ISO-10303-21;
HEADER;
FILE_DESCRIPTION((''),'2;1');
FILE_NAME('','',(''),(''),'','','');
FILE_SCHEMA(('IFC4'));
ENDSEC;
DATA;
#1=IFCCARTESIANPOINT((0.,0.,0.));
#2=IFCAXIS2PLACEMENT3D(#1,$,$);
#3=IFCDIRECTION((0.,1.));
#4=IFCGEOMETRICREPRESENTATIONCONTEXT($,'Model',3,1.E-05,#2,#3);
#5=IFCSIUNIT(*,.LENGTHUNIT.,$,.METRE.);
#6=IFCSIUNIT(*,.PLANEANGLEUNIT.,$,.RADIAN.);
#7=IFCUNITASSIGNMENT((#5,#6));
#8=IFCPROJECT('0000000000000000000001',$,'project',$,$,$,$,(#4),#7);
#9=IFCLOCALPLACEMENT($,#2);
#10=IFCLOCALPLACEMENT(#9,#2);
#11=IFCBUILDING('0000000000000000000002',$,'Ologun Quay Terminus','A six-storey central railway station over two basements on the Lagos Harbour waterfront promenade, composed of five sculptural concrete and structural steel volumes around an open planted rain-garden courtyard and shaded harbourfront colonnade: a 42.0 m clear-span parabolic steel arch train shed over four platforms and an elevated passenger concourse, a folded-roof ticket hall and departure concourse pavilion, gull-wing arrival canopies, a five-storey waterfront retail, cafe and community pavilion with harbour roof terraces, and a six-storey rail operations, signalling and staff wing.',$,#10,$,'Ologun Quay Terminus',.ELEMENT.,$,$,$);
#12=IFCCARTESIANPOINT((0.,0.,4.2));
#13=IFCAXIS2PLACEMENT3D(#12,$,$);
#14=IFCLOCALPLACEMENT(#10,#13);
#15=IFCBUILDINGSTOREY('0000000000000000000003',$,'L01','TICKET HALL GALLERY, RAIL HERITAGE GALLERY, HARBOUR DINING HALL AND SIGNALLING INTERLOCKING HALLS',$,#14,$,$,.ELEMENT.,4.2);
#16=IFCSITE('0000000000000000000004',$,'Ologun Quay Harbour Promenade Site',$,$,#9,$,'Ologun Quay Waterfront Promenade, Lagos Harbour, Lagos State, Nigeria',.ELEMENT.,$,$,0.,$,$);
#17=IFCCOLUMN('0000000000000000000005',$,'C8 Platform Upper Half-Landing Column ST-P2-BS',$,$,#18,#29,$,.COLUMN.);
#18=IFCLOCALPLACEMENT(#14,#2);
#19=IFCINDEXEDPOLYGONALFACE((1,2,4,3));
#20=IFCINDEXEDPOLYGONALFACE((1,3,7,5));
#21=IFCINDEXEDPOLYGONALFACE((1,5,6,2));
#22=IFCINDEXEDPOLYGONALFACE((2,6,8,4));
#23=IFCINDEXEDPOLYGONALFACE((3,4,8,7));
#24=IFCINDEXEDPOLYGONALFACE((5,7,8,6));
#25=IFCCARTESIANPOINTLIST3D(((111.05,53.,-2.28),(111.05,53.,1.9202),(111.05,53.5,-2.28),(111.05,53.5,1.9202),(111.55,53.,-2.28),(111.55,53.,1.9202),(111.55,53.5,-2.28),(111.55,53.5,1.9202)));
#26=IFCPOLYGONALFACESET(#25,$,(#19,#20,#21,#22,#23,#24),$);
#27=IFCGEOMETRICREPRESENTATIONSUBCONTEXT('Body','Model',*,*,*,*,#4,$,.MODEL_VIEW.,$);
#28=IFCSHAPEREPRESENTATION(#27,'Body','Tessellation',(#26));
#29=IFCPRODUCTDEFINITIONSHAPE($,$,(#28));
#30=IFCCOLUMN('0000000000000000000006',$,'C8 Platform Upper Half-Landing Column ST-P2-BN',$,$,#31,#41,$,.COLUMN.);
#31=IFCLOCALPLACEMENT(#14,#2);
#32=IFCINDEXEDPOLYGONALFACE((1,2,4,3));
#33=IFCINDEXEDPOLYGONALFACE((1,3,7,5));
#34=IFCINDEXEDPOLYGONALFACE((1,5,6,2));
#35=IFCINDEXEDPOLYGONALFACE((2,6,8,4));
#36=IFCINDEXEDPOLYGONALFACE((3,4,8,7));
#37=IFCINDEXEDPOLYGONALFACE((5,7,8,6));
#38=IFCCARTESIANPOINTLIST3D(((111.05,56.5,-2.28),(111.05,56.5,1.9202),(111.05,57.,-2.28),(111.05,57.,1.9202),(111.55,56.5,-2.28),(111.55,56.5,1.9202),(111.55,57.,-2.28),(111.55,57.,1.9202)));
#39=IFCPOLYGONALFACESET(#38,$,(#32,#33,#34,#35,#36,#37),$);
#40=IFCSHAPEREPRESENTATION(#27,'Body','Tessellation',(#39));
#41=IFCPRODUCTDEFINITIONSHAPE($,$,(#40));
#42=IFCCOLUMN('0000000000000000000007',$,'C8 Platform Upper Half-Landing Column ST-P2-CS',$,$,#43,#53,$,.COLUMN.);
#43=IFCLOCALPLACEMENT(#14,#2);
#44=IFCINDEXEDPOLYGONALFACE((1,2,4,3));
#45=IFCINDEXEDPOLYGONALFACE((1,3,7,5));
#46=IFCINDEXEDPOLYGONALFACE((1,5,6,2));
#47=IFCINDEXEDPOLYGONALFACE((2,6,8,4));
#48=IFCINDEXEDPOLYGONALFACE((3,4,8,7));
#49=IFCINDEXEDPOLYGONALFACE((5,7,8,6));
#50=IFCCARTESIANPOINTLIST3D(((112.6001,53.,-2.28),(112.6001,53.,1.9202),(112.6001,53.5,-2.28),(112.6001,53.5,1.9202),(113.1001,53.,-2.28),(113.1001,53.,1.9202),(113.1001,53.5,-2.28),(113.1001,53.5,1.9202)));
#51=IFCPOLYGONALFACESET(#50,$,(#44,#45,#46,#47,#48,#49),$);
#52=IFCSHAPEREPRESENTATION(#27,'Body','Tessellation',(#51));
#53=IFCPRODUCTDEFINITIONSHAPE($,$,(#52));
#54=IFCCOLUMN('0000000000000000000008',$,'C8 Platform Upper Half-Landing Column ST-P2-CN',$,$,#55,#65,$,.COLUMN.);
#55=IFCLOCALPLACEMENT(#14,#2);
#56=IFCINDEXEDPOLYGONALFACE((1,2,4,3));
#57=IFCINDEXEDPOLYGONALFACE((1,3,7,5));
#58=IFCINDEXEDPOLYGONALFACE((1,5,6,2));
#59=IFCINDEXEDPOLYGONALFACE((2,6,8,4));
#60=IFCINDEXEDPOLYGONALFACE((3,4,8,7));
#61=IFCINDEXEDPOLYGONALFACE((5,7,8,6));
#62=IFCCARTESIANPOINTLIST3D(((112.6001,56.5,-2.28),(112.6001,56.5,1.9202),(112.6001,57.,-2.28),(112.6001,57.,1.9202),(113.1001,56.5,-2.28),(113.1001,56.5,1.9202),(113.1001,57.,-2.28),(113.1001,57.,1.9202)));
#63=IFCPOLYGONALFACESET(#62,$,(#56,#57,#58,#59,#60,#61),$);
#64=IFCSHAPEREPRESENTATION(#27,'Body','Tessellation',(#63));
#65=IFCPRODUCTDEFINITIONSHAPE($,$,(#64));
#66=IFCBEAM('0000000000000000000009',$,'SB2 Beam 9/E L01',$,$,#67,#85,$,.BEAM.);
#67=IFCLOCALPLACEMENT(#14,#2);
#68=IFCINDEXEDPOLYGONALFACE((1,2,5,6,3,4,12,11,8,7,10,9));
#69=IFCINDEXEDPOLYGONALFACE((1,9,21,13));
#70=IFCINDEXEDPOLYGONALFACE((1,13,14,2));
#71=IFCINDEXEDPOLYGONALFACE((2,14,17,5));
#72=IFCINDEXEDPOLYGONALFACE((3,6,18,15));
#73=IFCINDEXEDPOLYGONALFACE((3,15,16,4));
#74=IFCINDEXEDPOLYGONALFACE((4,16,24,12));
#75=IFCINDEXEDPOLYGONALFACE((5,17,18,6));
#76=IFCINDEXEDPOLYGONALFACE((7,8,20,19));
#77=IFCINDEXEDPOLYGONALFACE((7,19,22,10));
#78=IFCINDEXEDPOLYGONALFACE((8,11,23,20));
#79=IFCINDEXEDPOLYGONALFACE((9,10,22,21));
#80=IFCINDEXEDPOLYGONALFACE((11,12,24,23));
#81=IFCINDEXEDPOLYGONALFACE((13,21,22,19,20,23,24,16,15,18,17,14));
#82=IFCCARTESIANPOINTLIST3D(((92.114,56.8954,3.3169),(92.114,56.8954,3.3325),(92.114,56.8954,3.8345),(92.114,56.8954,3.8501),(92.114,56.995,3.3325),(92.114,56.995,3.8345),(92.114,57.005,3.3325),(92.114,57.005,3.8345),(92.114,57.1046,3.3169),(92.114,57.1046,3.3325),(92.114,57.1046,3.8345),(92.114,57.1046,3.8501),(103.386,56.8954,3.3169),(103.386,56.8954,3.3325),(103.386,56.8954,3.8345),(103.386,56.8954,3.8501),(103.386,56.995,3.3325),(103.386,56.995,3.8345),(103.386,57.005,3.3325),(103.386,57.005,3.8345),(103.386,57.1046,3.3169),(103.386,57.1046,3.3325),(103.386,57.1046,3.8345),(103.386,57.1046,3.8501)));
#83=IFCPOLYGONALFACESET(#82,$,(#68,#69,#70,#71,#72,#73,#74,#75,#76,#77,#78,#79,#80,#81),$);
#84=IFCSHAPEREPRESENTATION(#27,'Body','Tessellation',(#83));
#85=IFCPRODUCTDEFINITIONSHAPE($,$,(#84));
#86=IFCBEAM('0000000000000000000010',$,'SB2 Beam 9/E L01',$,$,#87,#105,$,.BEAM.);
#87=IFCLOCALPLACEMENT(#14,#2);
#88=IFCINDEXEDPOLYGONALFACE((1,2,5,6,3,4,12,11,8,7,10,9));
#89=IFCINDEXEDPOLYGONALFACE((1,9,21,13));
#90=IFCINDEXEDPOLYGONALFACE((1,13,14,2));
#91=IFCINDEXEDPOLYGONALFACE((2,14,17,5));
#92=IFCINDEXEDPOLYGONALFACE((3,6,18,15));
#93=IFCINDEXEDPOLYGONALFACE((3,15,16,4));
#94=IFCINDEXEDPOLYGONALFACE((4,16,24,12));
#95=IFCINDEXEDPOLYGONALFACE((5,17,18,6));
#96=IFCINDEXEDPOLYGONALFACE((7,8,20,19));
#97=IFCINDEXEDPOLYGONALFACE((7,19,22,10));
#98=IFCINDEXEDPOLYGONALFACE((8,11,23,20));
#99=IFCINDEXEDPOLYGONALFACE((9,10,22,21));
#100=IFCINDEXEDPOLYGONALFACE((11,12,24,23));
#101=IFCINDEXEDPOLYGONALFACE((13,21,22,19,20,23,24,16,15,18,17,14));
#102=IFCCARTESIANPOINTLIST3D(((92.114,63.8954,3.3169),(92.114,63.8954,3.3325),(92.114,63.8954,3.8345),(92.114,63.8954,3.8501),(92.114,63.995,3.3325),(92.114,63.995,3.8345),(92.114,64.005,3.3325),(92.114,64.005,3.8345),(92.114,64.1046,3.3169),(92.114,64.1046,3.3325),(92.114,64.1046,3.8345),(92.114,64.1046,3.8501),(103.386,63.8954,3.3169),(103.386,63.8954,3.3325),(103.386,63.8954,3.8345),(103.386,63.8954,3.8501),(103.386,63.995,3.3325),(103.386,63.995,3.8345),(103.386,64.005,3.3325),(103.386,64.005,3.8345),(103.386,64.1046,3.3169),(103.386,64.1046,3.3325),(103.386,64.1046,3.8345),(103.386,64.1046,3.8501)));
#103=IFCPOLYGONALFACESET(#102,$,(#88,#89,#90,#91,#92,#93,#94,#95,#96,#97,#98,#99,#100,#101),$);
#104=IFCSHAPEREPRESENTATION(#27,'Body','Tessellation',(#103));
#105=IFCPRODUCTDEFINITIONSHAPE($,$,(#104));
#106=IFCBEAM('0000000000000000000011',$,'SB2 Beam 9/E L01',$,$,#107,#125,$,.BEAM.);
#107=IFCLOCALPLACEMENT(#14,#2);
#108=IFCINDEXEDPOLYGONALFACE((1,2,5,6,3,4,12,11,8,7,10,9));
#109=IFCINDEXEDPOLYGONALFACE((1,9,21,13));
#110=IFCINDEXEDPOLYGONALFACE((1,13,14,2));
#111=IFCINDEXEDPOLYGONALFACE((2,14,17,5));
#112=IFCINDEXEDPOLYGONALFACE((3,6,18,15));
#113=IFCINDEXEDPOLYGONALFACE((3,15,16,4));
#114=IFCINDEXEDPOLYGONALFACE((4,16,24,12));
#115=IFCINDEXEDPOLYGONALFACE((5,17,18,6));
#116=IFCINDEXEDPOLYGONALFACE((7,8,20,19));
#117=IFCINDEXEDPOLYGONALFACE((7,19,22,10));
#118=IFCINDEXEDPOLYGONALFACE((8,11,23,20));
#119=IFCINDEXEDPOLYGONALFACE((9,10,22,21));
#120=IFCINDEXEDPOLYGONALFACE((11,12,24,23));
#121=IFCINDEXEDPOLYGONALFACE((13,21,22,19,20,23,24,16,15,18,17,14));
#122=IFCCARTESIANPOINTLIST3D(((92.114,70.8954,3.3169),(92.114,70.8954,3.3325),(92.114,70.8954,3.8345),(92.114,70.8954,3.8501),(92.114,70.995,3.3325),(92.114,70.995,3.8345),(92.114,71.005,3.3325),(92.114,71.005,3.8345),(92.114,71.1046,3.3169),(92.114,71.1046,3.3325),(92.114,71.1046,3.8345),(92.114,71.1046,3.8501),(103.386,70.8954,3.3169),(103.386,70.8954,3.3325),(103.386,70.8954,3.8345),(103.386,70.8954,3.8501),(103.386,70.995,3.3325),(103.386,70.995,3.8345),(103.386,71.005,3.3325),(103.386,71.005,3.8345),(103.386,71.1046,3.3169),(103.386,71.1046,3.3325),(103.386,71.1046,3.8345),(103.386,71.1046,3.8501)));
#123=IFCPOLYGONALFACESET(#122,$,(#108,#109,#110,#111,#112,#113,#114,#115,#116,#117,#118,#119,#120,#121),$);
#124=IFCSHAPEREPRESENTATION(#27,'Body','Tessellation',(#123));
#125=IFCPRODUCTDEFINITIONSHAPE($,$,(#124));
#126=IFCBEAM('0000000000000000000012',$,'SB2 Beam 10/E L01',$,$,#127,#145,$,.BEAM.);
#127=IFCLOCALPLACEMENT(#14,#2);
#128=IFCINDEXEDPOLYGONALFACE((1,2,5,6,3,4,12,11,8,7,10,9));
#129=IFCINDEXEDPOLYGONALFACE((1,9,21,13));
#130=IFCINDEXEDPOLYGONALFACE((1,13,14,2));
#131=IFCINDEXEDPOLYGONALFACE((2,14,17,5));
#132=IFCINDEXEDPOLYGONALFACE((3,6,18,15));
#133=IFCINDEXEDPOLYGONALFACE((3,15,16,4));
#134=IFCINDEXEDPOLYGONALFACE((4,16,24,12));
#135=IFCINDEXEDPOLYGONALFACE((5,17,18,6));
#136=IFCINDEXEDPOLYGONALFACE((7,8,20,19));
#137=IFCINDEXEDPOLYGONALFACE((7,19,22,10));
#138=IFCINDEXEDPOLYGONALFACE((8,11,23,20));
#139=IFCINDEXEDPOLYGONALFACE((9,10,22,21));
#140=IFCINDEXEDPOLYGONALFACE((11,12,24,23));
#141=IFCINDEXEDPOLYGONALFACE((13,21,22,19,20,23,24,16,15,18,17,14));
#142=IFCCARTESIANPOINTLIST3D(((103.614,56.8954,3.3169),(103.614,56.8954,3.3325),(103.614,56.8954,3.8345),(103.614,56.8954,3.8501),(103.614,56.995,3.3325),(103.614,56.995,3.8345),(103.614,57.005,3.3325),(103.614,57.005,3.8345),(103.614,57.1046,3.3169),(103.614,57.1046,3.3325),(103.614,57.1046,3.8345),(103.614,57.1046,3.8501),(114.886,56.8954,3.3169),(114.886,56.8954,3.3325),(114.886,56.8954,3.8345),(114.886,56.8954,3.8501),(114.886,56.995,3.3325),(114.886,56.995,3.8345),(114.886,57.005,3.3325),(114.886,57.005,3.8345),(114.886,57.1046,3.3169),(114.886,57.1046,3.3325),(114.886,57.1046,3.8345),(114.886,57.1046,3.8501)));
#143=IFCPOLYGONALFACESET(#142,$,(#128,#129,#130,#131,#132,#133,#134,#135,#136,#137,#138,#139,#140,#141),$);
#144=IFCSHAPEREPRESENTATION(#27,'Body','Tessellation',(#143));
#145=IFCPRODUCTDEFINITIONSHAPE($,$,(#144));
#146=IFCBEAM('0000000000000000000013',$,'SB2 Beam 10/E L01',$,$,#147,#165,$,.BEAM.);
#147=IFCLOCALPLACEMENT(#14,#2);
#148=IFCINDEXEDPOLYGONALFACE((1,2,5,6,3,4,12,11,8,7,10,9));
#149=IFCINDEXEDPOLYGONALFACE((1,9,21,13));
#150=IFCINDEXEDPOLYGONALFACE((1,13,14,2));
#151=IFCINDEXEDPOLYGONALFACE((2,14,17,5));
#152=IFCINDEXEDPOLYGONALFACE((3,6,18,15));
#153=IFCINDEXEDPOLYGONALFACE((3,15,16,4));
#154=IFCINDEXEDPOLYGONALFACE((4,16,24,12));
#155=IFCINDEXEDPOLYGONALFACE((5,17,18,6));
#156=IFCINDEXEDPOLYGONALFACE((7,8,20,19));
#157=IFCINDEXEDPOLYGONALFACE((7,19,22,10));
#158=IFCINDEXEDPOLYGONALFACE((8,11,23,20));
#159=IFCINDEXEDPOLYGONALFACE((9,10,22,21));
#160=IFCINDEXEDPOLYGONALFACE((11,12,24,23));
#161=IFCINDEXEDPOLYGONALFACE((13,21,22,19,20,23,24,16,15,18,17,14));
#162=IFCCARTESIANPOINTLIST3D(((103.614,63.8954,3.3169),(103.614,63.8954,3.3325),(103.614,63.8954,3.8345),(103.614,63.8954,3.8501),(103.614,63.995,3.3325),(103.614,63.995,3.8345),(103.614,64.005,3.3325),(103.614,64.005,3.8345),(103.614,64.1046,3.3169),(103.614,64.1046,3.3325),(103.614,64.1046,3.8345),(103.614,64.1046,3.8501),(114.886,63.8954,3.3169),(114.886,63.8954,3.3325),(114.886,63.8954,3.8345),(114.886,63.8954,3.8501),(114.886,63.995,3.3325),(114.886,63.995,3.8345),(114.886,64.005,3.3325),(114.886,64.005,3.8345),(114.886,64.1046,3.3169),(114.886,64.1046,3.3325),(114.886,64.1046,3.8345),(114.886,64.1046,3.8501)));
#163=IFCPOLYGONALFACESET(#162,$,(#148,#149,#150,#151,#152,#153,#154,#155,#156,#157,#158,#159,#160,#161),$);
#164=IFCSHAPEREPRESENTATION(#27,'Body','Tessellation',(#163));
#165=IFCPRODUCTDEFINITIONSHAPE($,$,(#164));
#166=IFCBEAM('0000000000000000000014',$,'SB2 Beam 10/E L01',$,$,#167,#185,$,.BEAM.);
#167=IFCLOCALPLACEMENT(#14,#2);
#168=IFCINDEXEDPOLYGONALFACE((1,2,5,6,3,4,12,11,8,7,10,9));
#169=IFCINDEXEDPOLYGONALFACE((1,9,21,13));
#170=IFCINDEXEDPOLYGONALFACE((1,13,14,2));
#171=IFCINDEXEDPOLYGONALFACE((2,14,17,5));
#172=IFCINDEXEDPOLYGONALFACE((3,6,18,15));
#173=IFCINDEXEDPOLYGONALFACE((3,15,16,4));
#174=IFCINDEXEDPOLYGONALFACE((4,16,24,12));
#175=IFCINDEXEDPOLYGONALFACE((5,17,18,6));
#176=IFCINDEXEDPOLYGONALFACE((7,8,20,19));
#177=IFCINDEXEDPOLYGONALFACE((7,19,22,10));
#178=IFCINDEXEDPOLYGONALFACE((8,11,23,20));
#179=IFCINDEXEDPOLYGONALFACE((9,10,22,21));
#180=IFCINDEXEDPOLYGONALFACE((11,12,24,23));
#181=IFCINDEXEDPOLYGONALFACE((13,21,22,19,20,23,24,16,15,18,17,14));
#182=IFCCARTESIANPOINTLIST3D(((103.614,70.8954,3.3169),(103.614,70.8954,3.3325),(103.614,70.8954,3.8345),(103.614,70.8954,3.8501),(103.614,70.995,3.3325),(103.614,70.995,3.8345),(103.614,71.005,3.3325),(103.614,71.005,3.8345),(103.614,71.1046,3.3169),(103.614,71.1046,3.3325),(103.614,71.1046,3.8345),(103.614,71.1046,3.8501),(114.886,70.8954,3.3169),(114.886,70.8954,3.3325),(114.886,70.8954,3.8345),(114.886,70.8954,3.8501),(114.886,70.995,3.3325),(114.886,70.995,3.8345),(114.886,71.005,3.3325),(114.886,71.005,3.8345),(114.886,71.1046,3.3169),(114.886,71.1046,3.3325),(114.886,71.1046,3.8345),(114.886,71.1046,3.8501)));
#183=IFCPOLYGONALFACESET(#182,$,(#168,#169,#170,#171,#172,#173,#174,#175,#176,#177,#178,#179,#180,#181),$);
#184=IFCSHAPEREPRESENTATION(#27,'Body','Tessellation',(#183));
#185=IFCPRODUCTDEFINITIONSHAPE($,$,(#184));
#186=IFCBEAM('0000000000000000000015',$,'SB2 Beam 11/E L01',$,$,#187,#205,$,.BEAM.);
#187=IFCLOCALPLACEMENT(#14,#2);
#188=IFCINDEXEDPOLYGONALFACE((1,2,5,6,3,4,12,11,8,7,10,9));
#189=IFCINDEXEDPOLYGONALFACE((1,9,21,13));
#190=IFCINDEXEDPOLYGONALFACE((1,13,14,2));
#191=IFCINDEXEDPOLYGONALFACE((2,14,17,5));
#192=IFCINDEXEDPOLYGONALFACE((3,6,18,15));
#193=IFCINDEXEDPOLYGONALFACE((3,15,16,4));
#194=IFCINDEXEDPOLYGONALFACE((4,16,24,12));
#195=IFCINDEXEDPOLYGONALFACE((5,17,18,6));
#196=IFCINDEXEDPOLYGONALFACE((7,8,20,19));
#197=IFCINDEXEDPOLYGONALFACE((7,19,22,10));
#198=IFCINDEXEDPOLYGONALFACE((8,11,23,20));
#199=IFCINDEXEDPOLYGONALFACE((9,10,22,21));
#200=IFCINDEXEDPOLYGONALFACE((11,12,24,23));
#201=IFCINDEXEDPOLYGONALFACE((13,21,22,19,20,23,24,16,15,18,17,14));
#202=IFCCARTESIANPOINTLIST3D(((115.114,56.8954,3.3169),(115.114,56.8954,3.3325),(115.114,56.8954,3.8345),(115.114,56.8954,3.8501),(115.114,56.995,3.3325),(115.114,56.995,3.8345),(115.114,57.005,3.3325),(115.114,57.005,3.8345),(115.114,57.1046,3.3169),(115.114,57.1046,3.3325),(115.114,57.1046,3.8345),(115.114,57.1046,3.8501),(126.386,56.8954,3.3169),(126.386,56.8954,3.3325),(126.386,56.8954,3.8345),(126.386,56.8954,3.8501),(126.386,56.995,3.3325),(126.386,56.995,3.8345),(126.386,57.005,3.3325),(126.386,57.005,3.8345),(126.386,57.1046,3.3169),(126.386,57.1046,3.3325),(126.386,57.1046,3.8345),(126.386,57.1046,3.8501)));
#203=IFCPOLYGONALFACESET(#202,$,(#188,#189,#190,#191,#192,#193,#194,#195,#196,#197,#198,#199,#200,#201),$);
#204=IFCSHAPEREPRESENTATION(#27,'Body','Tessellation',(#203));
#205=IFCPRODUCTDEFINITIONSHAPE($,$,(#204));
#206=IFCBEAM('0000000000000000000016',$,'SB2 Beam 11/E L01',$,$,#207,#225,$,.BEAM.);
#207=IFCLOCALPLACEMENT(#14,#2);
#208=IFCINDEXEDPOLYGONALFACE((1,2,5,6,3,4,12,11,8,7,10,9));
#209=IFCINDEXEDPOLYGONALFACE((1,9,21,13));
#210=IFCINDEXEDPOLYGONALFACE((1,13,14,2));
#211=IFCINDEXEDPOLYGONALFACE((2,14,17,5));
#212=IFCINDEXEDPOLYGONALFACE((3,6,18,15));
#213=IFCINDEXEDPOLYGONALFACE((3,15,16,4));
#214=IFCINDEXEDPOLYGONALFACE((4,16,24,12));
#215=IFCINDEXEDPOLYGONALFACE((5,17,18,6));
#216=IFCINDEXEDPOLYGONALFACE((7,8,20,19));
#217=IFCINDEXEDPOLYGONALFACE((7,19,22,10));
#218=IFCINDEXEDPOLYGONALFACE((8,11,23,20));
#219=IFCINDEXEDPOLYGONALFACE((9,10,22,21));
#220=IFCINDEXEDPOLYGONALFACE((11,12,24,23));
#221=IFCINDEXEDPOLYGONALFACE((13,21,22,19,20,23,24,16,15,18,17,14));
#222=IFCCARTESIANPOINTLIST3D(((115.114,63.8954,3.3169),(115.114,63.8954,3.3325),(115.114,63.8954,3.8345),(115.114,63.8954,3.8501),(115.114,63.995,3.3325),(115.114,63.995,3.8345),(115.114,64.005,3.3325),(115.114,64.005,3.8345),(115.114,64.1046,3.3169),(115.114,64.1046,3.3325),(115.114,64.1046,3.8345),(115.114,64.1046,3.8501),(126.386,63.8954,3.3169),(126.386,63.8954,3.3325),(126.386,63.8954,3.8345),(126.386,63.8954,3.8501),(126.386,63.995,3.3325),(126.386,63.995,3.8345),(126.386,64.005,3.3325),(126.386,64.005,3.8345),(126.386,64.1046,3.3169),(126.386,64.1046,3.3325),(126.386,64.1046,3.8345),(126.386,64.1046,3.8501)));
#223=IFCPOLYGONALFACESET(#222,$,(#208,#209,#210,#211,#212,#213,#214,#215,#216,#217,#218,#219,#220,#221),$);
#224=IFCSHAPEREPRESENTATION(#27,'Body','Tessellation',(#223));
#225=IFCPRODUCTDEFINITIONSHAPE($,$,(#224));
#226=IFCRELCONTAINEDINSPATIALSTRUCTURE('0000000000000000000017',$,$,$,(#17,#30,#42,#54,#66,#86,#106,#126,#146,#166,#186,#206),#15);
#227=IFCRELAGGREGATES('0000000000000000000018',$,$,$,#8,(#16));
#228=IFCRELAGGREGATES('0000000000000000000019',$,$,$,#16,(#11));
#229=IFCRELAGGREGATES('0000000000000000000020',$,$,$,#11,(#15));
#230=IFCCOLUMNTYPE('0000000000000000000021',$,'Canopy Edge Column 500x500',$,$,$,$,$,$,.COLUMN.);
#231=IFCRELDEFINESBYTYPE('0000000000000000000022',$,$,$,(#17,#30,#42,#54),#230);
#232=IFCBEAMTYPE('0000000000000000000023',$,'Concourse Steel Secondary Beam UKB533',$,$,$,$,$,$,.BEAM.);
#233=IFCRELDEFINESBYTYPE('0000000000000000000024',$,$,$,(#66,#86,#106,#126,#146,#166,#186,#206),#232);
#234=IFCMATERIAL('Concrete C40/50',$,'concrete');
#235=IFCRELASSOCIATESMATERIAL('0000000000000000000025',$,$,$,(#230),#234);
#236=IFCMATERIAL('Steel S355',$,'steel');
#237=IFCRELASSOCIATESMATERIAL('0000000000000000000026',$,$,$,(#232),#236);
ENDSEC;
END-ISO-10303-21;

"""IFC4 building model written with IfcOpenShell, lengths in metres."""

from ifc_helpers import new_model, si_unit, direction, frame, origin, origin_2d, place, context, subcontext, project, spatial, rectangle, i_section, extrude, material, material_profile, profile_set, type_object, element, save


model = new_model("IFC4")

# Units and contexts
model_context = context("Model", 3, precision=1e-05, world=origin(), true_north=direction((0.0, 1.0)))
body_context = subcontext(model_context, "Body", "Model", "MODEL_VIEW")
ifc_project = project(units=[si_unit("LENGTHUNIT", "METRE"), si_unit("PLANEANGLEUNIT", "RADIAN")], contexts=[model_context])

# Site, building, storey
site_placement = place(None, origin())
site = spatial("IfcSite", under=ifc_project, at=site_placement, Name="Ologun Quay Harbour Promenade Site", LongName="Ologun Quay Waterfront Promenade, Lagos Harbour, Lagos State, Nigeria", CompositionType="ELEMENT", RefElevation=0.0)
building_placement = place(site_placement, origin())
building = spatial("IfcBuilding", under=site, at=building_placement, Name="Ologun Quay Terminus", Description="A six-storey central railway station over two basements on the Lagos Harbour waterfront promenade, composed of five sculptural concrete and structural steel volumes around an open planted rain-garden courtyard and shaded harbourfront colonnade: a 42.0 m clear-span parabolic steel arch train shed over four platforms and an elevated passenger concourse, a folded-roof ticket hall and departure concourse pavilion, gull-wing arrival canopies, a five-storey waterfront retail, cafe and community pavilion with harbour roof terraces, and a six-storey rail operations, signalling and staff wing.", LongName="Ologun Quay Terminus", CompositionType="ELEMENT")
storey_placement = place(building_placement, frame((0.0, 0.0, 4.2)))
storey = spatial("IfcBuildingStorey", under=building, at=storey_placement, Name="L01", Description="TICKET HALL GALLERY, RAIL HERITAGE GALLERY, HARBOUR DINING HALL AND SIGNALLING INTERLOCKING HALLS", CompositionType="ELEMENT", Elevation=4.2)

# Columns
ifc_material_1 = material(Name="Concrete C40/50", Category="concrete")
ifc_material_profile_1 = material_profile(ifc_material_1, rectangle(XDim=0.5, YDim=0.5, at=origin_2d()), Name="RC 500x500")
ifc_profile_set_1 = profile_set([ifc_material_profile_1], Name="Concrete C40/50")
column_type = type_object("IfcColumnType", Name="Canopy Edge Column 500x500", PredefinedType="COLUMN", material=ifc_profile_set_1)
for number, where, z_axis, x_axis, name in (
    (1, (111.3, 53.25, -2.28), (0.0, 0.0, 1.0), (1.0, 0.0, 0.0), "C8 Platform Upper Half-Landing Column ST-P2-BS"),
    (2, (111.3, 56.75, -2.28), (0.0, 0.0, 1.0), (1.0, 0.0, 0.0), "C8 Platform Upper Half-Landing Column ST-P2-BN"),
    (3, (112.8501, 53.25, -2.28), (0.0, 0.0, 1.0), (1.0, 0.0, 0.0), "C8 Platform Upper Half-Landing Column ST-P2-CS"),
    (4, (112.8501, 56.75, -2.28), (0.0, 0.0, 1.0), (1.0, 0.0, 0.0), "C8 Platform Upper Half-Landing Column ST-P2-CN"),
):
    element("IfcColumn", number, at=place(storey_placement, frame(where, z_axis=z_axis, x_axis=x_axis)), inside=storey, type_object=column_type, Name=name, PredefinedType="COLUMN", context=body_context, shape_type="SweptSolid", body=[
        extrude(rectangle(XDim=0.5, YDim=0.5, at=origin_2d()), origin(), (0.0, 0.0, 1.0), 4.2002),
    ])

# Beams
ifc_material_2 = material(Name="Steel S355", Category="steel")
ifc_material_profile_2 = material_profile(ifc_material_2, i_section(OverallWidth=0.2092, OverallDepth=0.5332, WebThickness=0.01, FlangeThickness=0.0156, at=origin_2d()), Name="UKB 533x210x92")
ifc_profile_set_2 = profile_set([ifc_material_profile_2], Name="Steel S355")
beam_type_1 = type_object("IfcBeamType", Name="Concourse Steel Secondary Beam UKB533", PredefinedType="BEAM", material=ifc_profile_set_2)
for number, where, z_axis, x_axis, name in (
    (5, (92.114, 57.0, 3.5835), (1.0, 0.0, 0.0), (0.0, 1.0, 0.0), "SB2 Beam 9/E L01"),
    (6, (92.114, 64.0, 3.5835), (1.0, 0.0, 0.0), (0.0, 1.0, 0.0), "SB2 Beam 9/E L01"),
    (7, (92.114, 71.0, 3.5835), (1.0, 0.0, 0.0), (0.0, 1.0, 0.0), "SB2 Beam 9/E L01"),
    (8, (103.614, 57.0, 3.5835), (1.0, 0.0, 0.0), (0.0, 1.0, 0.0), "SB2 Beam 10/E L01"),
    (9, (103.614, 64.0, 3.5835), (1.0, 0.0, 0.0), (0.0, 1.0, 0.0), "SB2 Beam 10/E L01"),
    (10, (103.614, 71.0, 3.5835), (1.0, 0.0, 0.0), (0.0, 1.0, 0.0), "SB2 Beam 10/E L01"),
    (11, (115.114, 57.0, 3.5835), (1.0, 0.0, 0.0), (0.0, 1.0, 0.0), "SB2 Beam 11/E L01"),
    (12, (115.114, 64.0, 3.5835), (1.0, 0.0, 0.0), (0.0, 1.0, 0.0), "SB2 Beam 11/E L01"),
):
    element("IfcBeam", number, at=place(storey_placement, frame(where, z_axis=z_axis, x_axis=x_axis)), inside=storey, type_object=beam_type_1, Name=name, PredefinedType="BEAM", context=body_context, shape_type="SweptSolid", body=[
        extrude(i_section(OverallWidth=0.2092, OverallDepth=0.5332, WebThickness=0.01, FlangeThickness=0.0156, at=origin_2d()), origin(), (0.0, 0.0, 1.0), 11.272),
    ])

save(model, "model.ifc")
